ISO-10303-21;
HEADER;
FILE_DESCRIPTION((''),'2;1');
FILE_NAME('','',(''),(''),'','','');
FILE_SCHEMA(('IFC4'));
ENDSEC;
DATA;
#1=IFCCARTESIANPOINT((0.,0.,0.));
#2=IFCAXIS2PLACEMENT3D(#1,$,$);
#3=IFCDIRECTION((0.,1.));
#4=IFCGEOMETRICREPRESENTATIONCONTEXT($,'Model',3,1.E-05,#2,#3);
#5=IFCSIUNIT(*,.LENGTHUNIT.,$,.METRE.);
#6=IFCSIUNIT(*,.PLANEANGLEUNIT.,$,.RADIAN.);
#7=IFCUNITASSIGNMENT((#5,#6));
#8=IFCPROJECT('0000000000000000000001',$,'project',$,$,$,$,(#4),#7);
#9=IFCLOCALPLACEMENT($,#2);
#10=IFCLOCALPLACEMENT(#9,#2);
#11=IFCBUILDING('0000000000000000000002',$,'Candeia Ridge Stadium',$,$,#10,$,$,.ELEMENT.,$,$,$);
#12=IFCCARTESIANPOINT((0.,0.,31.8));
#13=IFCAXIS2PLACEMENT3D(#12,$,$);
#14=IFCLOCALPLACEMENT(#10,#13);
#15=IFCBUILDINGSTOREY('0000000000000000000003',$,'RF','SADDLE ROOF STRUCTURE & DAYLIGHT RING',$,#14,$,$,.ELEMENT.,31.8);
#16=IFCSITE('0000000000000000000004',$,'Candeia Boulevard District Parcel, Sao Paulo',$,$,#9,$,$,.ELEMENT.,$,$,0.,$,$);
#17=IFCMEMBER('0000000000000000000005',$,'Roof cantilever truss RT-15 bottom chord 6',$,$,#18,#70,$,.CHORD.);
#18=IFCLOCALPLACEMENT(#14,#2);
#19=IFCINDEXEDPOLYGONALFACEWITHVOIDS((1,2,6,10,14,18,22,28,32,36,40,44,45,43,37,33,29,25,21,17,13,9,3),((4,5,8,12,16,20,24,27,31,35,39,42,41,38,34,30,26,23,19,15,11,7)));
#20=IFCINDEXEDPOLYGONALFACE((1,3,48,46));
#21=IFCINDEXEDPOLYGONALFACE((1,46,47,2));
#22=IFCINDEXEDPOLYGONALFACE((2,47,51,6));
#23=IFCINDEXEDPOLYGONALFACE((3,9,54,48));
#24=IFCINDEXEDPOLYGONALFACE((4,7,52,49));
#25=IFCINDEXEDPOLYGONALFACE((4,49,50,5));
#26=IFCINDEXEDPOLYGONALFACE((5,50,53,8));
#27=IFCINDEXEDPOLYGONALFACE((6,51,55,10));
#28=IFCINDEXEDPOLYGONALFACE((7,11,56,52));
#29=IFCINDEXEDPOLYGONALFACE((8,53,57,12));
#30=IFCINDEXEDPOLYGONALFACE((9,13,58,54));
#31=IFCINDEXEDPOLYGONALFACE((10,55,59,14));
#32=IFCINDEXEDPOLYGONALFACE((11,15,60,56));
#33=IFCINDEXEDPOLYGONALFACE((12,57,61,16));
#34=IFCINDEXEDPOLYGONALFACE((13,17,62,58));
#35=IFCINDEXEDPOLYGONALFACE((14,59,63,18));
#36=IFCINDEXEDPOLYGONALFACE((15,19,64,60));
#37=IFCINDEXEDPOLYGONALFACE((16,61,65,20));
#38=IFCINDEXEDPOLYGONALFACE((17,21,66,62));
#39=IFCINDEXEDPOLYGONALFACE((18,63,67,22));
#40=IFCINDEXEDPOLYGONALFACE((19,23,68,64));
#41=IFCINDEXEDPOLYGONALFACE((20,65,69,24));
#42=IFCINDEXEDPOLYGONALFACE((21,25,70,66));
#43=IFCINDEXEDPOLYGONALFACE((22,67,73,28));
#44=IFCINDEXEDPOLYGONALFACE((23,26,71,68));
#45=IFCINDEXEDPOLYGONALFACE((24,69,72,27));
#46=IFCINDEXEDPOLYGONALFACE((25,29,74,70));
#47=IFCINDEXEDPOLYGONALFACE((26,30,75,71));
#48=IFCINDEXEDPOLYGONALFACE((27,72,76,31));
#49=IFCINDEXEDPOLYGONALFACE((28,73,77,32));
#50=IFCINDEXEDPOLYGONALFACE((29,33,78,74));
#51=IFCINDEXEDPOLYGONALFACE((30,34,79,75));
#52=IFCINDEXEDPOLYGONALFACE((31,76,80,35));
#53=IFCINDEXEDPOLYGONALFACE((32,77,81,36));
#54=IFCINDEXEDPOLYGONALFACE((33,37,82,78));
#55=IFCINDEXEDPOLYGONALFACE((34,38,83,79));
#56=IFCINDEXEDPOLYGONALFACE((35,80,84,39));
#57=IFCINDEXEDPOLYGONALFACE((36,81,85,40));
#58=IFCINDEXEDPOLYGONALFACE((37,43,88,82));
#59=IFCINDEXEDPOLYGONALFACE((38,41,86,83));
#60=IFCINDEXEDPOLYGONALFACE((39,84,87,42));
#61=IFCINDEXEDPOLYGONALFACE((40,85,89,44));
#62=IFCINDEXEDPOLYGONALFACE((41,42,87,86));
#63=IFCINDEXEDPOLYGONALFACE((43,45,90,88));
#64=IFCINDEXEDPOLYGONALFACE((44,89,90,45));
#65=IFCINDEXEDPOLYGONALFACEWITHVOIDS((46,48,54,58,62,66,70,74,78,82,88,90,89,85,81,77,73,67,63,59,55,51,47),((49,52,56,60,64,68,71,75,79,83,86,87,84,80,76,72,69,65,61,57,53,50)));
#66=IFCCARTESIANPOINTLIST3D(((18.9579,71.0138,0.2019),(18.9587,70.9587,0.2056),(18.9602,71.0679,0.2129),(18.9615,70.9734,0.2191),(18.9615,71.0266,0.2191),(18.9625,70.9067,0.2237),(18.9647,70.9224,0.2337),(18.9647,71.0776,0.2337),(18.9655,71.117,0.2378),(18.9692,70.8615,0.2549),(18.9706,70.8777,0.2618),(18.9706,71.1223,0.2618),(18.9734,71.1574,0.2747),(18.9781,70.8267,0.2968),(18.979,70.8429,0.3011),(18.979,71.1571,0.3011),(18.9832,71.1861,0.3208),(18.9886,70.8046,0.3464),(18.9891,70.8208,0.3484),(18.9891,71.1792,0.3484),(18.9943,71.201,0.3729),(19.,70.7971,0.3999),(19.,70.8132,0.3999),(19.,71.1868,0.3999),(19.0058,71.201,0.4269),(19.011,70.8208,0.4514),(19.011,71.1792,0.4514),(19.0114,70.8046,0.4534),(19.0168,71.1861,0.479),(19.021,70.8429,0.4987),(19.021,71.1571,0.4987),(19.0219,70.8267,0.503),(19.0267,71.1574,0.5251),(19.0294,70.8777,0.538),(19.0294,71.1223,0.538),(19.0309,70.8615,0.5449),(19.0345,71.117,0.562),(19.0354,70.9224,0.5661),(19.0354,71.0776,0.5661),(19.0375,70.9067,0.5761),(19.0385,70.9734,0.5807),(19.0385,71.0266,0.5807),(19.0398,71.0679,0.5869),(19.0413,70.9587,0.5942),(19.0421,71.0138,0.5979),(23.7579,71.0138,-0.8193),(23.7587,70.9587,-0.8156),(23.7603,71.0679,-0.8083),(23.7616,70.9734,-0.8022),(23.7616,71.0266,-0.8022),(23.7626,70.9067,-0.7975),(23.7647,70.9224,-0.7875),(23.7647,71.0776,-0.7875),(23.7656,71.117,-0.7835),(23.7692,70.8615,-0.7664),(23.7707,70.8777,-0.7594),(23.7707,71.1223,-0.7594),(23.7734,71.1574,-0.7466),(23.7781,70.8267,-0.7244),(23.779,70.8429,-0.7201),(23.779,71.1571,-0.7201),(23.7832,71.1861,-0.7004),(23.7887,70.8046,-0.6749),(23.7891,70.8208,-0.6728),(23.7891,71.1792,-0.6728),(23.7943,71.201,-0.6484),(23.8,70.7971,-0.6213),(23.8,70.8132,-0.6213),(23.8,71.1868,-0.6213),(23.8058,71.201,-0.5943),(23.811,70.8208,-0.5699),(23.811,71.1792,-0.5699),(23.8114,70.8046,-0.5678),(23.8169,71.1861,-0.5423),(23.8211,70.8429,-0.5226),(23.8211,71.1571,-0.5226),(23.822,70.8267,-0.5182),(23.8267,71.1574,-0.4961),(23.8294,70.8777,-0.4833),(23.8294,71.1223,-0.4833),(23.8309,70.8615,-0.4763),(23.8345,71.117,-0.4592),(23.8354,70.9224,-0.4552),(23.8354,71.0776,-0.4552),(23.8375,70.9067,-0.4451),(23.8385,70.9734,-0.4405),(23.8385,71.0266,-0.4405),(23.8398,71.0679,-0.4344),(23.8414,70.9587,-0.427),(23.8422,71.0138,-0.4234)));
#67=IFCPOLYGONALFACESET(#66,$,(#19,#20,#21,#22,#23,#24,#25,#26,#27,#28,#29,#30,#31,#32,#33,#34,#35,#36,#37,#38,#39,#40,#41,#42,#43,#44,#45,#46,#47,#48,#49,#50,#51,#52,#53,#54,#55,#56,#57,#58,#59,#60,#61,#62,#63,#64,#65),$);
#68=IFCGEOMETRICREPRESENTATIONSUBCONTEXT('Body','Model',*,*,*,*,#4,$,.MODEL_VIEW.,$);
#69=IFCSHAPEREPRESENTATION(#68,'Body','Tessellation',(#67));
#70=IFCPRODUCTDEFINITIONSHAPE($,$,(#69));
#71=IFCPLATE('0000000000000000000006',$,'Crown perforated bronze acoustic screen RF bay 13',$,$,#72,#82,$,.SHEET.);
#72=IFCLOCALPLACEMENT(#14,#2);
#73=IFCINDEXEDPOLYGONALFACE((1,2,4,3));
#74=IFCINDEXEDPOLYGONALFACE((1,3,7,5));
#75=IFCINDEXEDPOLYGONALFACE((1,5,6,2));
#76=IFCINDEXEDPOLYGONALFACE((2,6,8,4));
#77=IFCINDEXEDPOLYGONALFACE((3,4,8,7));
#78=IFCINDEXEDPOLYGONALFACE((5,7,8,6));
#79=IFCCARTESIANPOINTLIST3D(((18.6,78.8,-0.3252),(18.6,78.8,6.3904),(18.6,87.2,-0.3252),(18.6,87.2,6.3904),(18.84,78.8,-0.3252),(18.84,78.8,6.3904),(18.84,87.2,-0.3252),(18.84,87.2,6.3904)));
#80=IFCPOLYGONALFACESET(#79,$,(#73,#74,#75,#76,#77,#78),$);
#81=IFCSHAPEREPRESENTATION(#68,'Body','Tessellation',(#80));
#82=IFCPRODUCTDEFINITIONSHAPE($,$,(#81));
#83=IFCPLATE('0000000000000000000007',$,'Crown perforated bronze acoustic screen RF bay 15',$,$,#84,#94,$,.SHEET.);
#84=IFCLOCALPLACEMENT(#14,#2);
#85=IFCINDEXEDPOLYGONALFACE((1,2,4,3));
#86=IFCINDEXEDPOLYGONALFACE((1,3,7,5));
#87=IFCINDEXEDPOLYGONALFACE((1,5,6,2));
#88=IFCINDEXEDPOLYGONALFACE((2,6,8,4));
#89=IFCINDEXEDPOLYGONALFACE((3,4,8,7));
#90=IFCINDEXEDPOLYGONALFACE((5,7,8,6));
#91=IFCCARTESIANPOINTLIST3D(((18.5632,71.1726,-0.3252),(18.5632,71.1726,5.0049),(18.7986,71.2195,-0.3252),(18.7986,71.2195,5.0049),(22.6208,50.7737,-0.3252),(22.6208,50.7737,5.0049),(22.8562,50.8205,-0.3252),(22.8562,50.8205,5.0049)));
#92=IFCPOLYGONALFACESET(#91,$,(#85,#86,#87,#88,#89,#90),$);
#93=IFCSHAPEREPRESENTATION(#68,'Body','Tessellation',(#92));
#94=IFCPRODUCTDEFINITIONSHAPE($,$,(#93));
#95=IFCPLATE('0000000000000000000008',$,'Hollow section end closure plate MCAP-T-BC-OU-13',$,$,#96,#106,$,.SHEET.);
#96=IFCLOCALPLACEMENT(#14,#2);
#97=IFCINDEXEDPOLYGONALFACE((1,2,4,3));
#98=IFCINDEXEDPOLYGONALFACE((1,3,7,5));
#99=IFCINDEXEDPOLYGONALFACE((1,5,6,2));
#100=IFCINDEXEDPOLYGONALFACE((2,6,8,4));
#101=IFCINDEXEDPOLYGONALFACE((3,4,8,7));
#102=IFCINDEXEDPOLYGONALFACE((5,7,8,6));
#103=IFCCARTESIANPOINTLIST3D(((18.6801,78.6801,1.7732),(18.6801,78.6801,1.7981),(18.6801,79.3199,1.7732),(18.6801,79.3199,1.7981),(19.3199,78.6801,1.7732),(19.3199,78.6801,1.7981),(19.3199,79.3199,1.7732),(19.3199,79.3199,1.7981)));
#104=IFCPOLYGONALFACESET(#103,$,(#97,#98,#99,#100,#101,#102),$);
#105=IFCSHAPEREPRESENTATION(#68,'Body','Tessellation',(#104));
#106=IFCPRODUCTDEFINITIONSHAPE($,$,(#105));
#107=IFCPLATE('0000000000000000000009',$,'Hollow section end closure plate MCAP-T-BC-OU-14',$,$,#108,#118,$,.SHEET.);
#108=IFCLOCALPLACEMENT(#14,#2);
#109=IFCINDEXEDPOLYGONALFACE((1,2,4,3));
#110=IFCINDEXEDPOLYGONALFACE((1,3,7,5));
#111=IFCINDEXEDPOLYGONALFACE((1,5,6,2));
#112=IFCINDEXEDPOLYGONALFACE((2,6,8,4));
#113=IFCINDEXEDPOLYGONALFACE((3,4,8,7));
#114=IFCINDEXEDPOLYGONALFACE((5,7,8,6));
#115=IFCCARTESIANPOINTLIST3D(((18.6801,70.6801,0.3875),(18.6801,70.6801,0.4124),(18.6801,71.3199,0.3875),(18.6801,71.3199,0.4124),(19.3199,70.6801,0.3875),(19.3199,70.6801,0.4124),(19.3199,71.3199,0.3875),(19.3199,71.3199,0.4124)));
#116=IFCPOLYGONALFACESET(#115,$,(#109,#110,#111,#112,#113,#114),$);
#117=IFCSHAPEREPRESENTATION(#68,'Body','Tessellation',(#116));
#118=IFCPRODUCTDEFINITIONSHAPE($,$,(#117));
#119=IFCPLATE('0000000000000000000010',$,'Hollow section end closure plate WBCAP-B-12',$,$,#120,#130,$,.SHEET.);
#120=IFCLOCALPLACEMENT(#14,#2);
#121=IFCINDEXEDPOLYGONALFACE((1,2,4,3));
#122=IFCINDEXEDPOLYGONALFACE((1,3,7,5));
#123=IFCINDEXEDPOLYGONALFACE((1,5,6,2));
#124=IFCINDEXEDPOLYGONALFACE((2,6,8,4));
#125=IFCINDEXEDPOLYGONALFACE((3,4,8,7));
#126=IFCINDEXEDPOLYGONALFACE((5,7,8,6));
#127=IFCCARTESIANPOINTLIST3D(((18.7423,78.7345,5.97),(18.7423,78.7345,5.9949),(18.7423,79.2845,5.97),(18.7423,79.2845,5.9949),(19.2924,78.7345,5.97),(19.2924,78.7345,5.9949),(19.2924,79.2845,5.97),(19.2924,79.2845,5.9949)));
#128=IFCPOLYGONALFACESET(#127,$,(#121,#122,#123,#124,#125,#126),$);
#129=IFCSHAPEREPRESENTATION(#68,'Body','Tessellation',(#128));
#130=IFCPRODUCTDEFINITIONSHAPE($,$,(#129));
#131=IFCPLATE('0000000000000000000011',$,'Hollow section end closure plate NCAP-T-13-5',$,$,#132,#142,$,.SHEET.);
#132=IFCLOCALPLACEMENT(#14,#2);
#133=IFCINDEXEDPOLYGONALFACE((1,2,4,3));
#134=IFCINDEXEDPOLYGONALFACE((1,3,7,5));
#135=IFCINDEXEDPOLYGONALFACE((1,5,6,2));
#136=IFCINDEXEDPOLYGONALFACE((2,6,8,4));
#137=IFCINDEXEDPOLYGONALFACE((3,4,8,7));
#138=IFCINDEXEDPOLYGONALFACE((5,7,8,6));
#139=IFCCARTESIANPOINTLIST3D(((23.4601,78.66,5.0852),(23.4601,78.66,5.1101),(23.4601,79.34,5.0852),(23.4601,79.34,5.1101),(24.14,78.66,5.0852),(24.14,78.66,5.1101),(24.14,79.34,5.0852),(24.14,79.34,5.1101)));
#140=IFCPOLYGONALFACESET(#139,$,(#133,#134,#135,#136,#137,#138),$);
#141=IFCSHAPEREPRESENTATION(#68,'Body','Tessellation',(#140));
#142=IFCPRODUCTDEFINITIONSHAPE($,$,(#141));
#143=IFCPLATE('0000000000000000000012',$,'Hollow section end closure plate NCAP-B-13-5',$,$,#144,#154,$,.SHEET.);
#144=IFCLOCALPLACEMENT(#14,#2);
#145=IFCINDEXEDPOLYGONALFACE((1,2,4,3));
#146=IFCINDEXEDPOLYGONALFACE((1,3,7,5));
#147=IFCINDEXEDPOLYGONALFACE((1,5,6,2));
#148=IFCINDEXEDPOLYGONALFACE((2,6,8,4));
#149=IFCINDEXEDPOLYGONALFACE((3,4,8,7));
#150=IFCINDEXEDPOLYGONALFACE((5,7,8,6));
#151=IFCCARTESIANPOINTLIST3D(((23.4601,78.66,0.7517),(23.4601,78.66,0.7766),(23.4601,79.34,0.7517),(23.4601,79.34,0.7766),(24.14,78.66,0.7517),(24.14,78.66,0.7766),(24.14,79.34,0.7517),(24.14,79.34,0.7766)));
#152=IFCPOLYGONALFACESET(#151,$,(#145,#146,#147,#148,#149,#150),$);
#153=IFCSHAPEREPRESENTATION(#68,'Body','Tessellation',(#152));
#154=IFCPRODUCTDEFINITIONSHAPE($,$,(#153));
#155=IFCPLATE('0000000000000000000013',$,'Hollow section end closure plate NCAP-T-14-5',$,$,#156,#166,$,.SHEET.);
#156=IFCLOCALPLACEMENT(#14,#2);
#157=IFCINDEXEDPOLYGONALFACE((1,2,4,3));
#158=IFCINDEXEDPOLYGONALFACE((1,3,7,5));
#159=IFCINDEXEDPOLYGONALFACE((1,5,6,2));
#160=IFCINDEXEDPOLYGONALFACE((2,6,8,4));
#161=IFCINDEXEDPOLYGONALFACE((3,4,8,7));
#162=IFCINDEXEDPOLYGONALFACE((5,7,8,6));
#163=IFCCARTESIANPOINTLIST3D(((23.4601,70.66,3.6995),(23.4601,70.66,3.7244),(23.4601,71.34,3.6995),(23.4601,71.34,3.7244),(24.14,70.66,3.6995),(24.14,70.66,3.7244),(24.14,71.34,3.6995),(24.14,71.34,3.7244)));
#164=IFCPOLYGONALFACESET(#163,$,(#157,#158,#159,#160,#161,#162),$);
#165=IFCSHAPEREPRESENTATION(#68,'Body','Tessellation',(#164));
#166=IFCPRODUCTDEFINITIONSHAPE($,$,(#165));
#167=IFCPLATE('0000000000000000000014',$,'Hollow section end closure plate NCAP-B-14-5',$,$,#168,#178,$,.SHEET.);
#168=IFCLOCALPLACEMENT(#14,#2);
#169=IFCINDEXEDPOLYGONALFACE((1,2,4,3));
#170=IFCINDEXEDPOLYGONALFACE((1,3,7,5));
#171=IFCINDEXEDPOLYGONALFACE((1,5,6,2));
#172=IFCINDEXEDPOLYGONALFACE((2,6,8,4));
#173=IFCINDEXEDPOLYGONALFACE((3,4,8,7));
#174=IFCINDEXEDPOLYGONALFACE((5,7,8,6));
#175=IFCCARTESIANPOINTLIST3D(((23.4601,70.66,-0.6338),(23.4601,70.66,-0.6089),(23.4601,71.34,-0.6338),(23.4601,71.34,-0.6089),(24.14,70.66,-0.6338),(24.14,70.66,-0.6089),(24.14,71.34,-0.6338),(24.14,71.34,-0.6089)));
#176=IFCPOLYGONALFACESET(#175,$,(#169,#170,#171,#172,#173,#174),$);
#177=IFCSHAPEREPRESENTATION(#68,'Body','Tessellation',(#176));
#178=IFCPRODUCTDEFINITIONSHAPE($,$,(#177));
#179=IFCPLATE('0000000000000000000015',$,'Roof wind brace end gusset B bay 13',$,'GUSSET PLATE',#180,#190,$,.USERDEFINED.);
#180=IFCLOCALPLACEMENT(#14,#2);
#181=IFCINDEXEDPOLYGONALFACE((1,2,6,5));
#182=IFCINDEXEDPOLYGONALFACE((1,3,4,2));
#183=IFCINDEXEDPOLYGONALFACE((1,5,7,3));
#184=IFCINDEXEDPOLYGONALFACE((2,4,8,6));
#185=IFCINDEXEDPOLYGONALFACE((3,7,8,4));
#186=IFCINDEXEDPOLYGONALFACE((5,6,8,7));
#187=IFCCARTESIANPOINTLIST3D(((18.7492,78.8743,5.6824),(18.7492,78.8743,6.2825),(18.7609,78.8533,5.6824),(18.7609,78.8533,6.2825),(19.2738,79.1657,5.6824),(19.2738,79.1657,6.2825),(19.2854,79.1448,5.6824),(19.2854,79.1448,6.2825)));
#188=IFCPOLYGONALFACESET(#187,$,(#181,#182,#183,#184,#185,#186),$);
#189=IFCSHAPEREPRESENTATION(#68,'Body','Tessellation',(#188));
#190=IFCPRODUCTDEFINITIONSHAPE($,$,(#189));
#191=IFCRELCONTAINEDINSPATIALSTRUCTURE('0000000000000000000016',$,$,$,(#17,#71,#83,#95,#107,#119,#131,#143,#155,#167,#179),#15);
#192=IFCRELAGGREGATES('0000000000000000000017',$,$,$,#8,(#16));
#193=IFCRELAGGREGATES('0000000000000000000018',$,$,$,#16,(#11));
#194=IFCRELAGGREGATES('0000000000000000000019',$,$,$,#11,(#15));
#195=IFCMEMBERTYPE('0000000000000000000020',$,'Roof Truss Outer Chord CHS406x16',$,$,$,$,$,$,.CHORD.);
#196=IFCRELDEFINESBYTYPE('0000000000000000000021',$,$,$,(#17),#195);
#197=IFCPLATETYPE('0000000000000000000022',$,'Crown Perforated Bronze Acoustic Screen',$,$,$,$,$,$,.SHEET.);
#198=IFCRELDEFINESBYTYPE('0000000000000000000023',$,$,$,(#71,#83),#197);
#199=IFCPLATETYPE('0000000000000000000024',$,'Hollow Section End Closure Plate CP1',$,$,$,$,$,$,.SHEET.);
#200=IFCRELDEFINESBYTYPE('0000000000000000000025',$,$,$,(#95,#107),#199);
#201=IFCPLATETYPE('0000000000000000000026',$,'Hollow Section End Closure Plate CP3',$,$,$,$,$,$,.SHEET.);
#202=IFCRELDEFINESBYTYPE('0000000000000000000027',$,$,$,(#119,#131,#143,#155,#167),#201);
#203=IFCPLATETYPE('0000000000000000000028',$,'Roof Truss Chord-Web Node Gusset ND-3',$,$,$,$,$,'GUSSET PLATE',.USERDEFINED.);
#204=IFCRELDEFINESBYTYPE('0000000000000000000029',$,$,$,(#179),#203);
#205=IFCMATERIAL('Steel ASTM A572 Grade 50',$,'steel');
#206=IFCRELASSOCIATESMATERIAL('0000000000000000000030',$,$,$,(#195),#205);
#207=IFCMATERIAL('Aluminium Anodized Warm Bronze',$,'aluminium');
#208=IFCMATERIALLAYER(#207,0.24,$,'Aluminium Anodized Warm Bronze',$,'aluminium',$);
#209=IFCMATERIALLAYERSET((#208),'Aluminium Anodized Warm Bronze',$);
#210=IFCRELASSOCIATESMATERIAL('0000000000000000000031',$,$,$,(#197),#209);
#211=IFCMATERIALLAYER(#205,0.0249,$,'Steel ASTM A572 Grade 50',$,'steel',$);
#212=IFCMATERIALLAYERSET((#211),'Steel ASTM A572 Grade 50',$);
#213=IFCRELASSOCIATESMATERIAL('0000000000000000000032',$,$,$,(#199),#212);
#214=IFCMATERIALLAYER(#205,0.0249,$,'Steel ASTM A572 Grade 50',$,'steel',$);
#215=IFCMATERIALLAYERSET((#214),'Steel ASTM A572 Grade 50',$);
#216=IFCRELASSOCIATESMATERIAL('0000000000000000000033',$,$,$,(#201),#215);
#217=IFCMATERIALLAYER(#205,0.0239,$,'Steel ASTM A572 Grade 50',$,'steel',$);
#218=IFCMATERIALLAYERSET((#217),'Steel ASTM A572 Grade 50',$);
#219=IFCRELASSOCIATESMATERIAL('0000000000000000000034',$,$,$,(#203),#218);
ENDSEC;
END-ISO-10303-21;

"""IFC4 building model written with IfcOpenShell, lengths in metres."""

from ifc_helpers import new_model, si_unit, direction, frame, origin, origin_2d, place, context, subcontext, project, spatial, rectangle, hollow_circle, extrude, material, layer, layer_set, material_profile, profile_set, type_object, element, save


model = new_model("IFC4")

# Units and contexts
model_context = context("Model", 3, precision=1e-05, world=origin(), true_north=direction((0.0, 1.0)))
body_context = subcontext(model_context, "Body", "Model", "MODEL_VIEW")
ifc_project = project(units=[si_unit("LENGTHUNIT", "METRE"), si_unit("PLANEANGLEUNIT", "RADIAN")], contexts=[model_context])

# Site, building, storey
site_placement = place(None, origin())
site = spatial("IfcSite", under=ifc_project, at=site_placement, Name="Candeia Boulevard District Parcel, Sao Paulo", CompositionType="ELEMENT", RefElevation=0.0)
building_placement = place(site_placement, origin())
building = spatial("IfcBuilding", under=site, at=building_placement, Name="Candeia Ridge Stadium", CompositionType="ELEMENT")
storey_placement = place(building_placement, frame((0.0, 0.0, 31.8)))
storey = spatial("IfcBuildingStorey", under=building, at=storey_placement, Name="RF", Description="SADDLE ROOF STRUCTURE & DAYLIGHT RING", CompositionType="ELEMENT", Elevation=31.8)

# Shared definitions
ifc_material_1 = material(Name="Steel ASTM A572 Grade 50", Category="steel")

# Member
ifc_material_profile_1 = material_profile(ifc_material_1, hollow_circle(Radius=0.2029, WallThickness=0.0161, at=origin_2d()), Name="CHS406x16", Category="steel")
ifc_profile_set_1 = profile_set([ifc_material_profile_1], Name="Steel ASTM A572 Grade 50")
member_type_1 = type_object("IfcMemberType", Name="Roof Truss Outer Chord CHS406x16", PredefinedType="CHORD", material=ifc_profile_set_1)
for number, where, z_axis, x_axis, name in (
    (1, (23.8, 71.0, -0.6213), (-0.978108, 0.0, 0.208099), (0.0, -1.0, 0.0), "Roof cantilever truss RT-15 bottom chord 6"),
):
    element("IfcMember", number, at=place(storey_placement, frame(where, z_axis=z_axis, x_axis=x_axis)), inside=storey, type_object=member_type_1, Name=name, PredefinedType="CHORD", context=body_context, shape_type="SweptSolid", body=[
        extrude(hollow_circle(Radius=0.2029, WallThickness=0.0161, at=origin_2d()), origin(), (0.0, 0.0, 1.0), 4.9075),
    ])

# Plates
ifc_material_2 = material(Name="Aluminium Anodized Warm Bronze", Category="aluminium")
ifc_layer_1 = layer(ifc_material_2, 0.24, Name="Aluminium Anodized Warm Bronze", Category="aluminium")
ifc_layer_set_1 = layer_set([ifc_layer_1], Name="Aluminium Anodized Warm Bronze")
plate_type_1 = type_object("IfcPlateType", Name="Crown Perforated Bronze Acoustic Screen", PredefinedType="SHEET", material=ifc_layer_set_1)
plate_1_placement = place(storey_placement, frame((18.72, 83.0, -0.3252), z_axis=(0.0, 0.0, 1.0), x_axis=(0.0, -1.0, 0.0)))
element("IfcPlate", 2, at=plate_1_placement, inside=storey, type_object=plate_type_1, Name="Crown perforated bronze acoustic screen RF bay 13", PredefinedType="SHEET", context=body_context, shape_type="SweptSolid", body=[
    extrude(rectangle(XDim=8.3999, YDim=0.24, at=origin_2d()), origin(), (0.0, 0.0, 1.0), 6.7156),
])
plate_2_placement = place(storey_placement, frame((20.7097, 60.9966, -0.3252), z_axis=(0.0, 0.0, 1.0), x_axis=(0.19509, -0.980785, 0.0)))
element("IfcPlate", 3, at=plate_2_placement, inside=storey, type_object=plate_type_1, Name="Crown perforated bronze acoustic screen RF bay 15", PredefinedType="SHEET", context=body_context, shape_type="SweptSolid", body=[
    extrude(rectangle(XDim=20.7986, YDim=0.24, at=origin_2d()), origin(), (0.0, 0.0, 1.0), 5.3301),
])
ifc_layer_2 = layer(ifc_material_1, 0.0249, Name="Steel ASTM A572 Grade 50", Category="steel")
ifc_layer_set_2 = layer_set([ifc_layer_2], Name="Steel ASTM A572 Grade 50")
plate_type_2 = type_object("IfcPlateType", Name="Hollow Section End Closure Plate CP1", PredefinedType="SHEET", material=ifc_layer_set_2)
for number, where, z_axis, x_axis, name in (
    (4, (19.0, 79.0, 1.7732), (0.0, 0.0, 1.0), (1.0, 0.0, 0.0), "Hollow section end closure plate MCAP-T-BC-OU-13"),
    (5, (19.0, 71.0, 0.3875), (0.0, 0.0, 1.0), (1.0, 0.0, 0.0), "Hollow section end closure plate MCAP-T-BC-OU-14"),
):
    element("IfcPlate", number, at=place(storey_placement, frame(where, z_axis=z_axis, x_axis=x_axis)), inside=storey, type_object=plate_type_2, Name=name, PredefinedType="SHEET", context=body_context, shape_type="SweptSolid", body=[
        extrude(rectangle(XDim=0.6399, YDim=0.6399, at=origin_2d()), origin(), (0.0, 0.0, 1.0), 0.0249),
    ])
ifc_layer_3 = layer(ifc_material_1, 0.0249, Name="Steel ASTM A572 Grade 50", Category="steel")
ifc_layer_set_3 = layer_set([ifc_layer_3], Name="Steel ASTM A572 Grade 50")
plate_type_3 = type_object("IfcPlateType", Name="Hollow Section End Closure Plate CP3", PredefinedType="SHEET", material=ifc_layer_set_3)
plate_3_placement = place(storey_placement, frame((19.0173, 79.0095, 5.97), z_axis=(0.0, 0.0, 1.0), x_axis=(1.0, 0.0, 0.0)))
element("IfcPlate", 6, at=plate_3_placement, inside=storey, type_object=plate_type_3, Name="Hollow section end closure plate WBCAP-B-12", PredefinedType="SHEET", context=body_context, shape_type="SweptSolid", body=[
    extrude(rectangle(XDim=0.55, YDim=0.55, at=origin_2d()), origin(), (0.0, 0.0, 1.0), 0.0249),
])
for number, where, z_axis, x_axis, name in (
    (7, (23.8, 79.0, 5.0852), (0.0, 0.0, 1.0), (1.0, 0.0, 0.0), "Hollow section end closure plate NCAP-T-13-5"),
    (8, (23.8, 79.0, 0.7517), (0.0, 0.0, 1.0), (1.0, 0.0, 0.0), "Hollow section end closure plate NCAP-B-13-5"),
    (9, (23.8, 71.0, 3.6995), (0.0, 0.0, 1.0), (1.0, 0.0, 0.0), "Hollow section end closure plate NCAP-T-14-5"),
    (10, (23.8, 71.0, -0.6338), (0.0, 0.0, 1.0), (1.0, 0.0, 0.0), "Hollow section end closure plate NCAP-B-14-5"),
):
    element("IfcPlate", number, at=place(storey_placement, frame(where, z_axis=z_axis, x_axis=x_axis)), inside=storey, type_object=plate_type_3, Name=name, PredefinedType="SHEET", context=body_context, shape_type="SweptSolid", body=[
        extrude(rectangle(XDim=0.6799, YDim=0.6799, at=origin_2d()), origin(), (0.0, 0.0, 1.0), 0.0249),
    ])
ifc_layer_4 = layer(ifc_material_1, 0.0239, Name="Steel ASTM A572 Grade 50", Category="steel")
ifc_layer_set_4 = layer_set([ifc_layer_4], Name="Steel ASTM A572 Grade 50")
plate_type_4 = type_object("IfcPlateType", Name="Roof Truss Chord-Web Node Gusset ND-3", ElementType="GUSSET PLATE", PredefinedType="USERDEFINED", material=ifc_layer_set_4)
plate_4_placement = place(storey_placement, frame((19.0173, 79.0095, 5.6824), z_axis=(0.0, 0.0, 1.0), x_axis=(-0.874157, -0.485643, 0.0)))
element("IfcPlate", 11, at=plate_4_placement, inside=storey, type_object=plate_type_4, Name="Roof wind brace end gusset B bay 13", ObjectType="GUSSET PLATE", PredefinedType="USERDEFINED", context=body_context, shape_type="SweptSolid", body=[
    extrude(rectangle(XDim=0.6001, YDim=0.0239, at=origin_2d()), origin(), (0.0, 0.0, 1.0), 0.6001),
])

save(model, "model.ifc")
